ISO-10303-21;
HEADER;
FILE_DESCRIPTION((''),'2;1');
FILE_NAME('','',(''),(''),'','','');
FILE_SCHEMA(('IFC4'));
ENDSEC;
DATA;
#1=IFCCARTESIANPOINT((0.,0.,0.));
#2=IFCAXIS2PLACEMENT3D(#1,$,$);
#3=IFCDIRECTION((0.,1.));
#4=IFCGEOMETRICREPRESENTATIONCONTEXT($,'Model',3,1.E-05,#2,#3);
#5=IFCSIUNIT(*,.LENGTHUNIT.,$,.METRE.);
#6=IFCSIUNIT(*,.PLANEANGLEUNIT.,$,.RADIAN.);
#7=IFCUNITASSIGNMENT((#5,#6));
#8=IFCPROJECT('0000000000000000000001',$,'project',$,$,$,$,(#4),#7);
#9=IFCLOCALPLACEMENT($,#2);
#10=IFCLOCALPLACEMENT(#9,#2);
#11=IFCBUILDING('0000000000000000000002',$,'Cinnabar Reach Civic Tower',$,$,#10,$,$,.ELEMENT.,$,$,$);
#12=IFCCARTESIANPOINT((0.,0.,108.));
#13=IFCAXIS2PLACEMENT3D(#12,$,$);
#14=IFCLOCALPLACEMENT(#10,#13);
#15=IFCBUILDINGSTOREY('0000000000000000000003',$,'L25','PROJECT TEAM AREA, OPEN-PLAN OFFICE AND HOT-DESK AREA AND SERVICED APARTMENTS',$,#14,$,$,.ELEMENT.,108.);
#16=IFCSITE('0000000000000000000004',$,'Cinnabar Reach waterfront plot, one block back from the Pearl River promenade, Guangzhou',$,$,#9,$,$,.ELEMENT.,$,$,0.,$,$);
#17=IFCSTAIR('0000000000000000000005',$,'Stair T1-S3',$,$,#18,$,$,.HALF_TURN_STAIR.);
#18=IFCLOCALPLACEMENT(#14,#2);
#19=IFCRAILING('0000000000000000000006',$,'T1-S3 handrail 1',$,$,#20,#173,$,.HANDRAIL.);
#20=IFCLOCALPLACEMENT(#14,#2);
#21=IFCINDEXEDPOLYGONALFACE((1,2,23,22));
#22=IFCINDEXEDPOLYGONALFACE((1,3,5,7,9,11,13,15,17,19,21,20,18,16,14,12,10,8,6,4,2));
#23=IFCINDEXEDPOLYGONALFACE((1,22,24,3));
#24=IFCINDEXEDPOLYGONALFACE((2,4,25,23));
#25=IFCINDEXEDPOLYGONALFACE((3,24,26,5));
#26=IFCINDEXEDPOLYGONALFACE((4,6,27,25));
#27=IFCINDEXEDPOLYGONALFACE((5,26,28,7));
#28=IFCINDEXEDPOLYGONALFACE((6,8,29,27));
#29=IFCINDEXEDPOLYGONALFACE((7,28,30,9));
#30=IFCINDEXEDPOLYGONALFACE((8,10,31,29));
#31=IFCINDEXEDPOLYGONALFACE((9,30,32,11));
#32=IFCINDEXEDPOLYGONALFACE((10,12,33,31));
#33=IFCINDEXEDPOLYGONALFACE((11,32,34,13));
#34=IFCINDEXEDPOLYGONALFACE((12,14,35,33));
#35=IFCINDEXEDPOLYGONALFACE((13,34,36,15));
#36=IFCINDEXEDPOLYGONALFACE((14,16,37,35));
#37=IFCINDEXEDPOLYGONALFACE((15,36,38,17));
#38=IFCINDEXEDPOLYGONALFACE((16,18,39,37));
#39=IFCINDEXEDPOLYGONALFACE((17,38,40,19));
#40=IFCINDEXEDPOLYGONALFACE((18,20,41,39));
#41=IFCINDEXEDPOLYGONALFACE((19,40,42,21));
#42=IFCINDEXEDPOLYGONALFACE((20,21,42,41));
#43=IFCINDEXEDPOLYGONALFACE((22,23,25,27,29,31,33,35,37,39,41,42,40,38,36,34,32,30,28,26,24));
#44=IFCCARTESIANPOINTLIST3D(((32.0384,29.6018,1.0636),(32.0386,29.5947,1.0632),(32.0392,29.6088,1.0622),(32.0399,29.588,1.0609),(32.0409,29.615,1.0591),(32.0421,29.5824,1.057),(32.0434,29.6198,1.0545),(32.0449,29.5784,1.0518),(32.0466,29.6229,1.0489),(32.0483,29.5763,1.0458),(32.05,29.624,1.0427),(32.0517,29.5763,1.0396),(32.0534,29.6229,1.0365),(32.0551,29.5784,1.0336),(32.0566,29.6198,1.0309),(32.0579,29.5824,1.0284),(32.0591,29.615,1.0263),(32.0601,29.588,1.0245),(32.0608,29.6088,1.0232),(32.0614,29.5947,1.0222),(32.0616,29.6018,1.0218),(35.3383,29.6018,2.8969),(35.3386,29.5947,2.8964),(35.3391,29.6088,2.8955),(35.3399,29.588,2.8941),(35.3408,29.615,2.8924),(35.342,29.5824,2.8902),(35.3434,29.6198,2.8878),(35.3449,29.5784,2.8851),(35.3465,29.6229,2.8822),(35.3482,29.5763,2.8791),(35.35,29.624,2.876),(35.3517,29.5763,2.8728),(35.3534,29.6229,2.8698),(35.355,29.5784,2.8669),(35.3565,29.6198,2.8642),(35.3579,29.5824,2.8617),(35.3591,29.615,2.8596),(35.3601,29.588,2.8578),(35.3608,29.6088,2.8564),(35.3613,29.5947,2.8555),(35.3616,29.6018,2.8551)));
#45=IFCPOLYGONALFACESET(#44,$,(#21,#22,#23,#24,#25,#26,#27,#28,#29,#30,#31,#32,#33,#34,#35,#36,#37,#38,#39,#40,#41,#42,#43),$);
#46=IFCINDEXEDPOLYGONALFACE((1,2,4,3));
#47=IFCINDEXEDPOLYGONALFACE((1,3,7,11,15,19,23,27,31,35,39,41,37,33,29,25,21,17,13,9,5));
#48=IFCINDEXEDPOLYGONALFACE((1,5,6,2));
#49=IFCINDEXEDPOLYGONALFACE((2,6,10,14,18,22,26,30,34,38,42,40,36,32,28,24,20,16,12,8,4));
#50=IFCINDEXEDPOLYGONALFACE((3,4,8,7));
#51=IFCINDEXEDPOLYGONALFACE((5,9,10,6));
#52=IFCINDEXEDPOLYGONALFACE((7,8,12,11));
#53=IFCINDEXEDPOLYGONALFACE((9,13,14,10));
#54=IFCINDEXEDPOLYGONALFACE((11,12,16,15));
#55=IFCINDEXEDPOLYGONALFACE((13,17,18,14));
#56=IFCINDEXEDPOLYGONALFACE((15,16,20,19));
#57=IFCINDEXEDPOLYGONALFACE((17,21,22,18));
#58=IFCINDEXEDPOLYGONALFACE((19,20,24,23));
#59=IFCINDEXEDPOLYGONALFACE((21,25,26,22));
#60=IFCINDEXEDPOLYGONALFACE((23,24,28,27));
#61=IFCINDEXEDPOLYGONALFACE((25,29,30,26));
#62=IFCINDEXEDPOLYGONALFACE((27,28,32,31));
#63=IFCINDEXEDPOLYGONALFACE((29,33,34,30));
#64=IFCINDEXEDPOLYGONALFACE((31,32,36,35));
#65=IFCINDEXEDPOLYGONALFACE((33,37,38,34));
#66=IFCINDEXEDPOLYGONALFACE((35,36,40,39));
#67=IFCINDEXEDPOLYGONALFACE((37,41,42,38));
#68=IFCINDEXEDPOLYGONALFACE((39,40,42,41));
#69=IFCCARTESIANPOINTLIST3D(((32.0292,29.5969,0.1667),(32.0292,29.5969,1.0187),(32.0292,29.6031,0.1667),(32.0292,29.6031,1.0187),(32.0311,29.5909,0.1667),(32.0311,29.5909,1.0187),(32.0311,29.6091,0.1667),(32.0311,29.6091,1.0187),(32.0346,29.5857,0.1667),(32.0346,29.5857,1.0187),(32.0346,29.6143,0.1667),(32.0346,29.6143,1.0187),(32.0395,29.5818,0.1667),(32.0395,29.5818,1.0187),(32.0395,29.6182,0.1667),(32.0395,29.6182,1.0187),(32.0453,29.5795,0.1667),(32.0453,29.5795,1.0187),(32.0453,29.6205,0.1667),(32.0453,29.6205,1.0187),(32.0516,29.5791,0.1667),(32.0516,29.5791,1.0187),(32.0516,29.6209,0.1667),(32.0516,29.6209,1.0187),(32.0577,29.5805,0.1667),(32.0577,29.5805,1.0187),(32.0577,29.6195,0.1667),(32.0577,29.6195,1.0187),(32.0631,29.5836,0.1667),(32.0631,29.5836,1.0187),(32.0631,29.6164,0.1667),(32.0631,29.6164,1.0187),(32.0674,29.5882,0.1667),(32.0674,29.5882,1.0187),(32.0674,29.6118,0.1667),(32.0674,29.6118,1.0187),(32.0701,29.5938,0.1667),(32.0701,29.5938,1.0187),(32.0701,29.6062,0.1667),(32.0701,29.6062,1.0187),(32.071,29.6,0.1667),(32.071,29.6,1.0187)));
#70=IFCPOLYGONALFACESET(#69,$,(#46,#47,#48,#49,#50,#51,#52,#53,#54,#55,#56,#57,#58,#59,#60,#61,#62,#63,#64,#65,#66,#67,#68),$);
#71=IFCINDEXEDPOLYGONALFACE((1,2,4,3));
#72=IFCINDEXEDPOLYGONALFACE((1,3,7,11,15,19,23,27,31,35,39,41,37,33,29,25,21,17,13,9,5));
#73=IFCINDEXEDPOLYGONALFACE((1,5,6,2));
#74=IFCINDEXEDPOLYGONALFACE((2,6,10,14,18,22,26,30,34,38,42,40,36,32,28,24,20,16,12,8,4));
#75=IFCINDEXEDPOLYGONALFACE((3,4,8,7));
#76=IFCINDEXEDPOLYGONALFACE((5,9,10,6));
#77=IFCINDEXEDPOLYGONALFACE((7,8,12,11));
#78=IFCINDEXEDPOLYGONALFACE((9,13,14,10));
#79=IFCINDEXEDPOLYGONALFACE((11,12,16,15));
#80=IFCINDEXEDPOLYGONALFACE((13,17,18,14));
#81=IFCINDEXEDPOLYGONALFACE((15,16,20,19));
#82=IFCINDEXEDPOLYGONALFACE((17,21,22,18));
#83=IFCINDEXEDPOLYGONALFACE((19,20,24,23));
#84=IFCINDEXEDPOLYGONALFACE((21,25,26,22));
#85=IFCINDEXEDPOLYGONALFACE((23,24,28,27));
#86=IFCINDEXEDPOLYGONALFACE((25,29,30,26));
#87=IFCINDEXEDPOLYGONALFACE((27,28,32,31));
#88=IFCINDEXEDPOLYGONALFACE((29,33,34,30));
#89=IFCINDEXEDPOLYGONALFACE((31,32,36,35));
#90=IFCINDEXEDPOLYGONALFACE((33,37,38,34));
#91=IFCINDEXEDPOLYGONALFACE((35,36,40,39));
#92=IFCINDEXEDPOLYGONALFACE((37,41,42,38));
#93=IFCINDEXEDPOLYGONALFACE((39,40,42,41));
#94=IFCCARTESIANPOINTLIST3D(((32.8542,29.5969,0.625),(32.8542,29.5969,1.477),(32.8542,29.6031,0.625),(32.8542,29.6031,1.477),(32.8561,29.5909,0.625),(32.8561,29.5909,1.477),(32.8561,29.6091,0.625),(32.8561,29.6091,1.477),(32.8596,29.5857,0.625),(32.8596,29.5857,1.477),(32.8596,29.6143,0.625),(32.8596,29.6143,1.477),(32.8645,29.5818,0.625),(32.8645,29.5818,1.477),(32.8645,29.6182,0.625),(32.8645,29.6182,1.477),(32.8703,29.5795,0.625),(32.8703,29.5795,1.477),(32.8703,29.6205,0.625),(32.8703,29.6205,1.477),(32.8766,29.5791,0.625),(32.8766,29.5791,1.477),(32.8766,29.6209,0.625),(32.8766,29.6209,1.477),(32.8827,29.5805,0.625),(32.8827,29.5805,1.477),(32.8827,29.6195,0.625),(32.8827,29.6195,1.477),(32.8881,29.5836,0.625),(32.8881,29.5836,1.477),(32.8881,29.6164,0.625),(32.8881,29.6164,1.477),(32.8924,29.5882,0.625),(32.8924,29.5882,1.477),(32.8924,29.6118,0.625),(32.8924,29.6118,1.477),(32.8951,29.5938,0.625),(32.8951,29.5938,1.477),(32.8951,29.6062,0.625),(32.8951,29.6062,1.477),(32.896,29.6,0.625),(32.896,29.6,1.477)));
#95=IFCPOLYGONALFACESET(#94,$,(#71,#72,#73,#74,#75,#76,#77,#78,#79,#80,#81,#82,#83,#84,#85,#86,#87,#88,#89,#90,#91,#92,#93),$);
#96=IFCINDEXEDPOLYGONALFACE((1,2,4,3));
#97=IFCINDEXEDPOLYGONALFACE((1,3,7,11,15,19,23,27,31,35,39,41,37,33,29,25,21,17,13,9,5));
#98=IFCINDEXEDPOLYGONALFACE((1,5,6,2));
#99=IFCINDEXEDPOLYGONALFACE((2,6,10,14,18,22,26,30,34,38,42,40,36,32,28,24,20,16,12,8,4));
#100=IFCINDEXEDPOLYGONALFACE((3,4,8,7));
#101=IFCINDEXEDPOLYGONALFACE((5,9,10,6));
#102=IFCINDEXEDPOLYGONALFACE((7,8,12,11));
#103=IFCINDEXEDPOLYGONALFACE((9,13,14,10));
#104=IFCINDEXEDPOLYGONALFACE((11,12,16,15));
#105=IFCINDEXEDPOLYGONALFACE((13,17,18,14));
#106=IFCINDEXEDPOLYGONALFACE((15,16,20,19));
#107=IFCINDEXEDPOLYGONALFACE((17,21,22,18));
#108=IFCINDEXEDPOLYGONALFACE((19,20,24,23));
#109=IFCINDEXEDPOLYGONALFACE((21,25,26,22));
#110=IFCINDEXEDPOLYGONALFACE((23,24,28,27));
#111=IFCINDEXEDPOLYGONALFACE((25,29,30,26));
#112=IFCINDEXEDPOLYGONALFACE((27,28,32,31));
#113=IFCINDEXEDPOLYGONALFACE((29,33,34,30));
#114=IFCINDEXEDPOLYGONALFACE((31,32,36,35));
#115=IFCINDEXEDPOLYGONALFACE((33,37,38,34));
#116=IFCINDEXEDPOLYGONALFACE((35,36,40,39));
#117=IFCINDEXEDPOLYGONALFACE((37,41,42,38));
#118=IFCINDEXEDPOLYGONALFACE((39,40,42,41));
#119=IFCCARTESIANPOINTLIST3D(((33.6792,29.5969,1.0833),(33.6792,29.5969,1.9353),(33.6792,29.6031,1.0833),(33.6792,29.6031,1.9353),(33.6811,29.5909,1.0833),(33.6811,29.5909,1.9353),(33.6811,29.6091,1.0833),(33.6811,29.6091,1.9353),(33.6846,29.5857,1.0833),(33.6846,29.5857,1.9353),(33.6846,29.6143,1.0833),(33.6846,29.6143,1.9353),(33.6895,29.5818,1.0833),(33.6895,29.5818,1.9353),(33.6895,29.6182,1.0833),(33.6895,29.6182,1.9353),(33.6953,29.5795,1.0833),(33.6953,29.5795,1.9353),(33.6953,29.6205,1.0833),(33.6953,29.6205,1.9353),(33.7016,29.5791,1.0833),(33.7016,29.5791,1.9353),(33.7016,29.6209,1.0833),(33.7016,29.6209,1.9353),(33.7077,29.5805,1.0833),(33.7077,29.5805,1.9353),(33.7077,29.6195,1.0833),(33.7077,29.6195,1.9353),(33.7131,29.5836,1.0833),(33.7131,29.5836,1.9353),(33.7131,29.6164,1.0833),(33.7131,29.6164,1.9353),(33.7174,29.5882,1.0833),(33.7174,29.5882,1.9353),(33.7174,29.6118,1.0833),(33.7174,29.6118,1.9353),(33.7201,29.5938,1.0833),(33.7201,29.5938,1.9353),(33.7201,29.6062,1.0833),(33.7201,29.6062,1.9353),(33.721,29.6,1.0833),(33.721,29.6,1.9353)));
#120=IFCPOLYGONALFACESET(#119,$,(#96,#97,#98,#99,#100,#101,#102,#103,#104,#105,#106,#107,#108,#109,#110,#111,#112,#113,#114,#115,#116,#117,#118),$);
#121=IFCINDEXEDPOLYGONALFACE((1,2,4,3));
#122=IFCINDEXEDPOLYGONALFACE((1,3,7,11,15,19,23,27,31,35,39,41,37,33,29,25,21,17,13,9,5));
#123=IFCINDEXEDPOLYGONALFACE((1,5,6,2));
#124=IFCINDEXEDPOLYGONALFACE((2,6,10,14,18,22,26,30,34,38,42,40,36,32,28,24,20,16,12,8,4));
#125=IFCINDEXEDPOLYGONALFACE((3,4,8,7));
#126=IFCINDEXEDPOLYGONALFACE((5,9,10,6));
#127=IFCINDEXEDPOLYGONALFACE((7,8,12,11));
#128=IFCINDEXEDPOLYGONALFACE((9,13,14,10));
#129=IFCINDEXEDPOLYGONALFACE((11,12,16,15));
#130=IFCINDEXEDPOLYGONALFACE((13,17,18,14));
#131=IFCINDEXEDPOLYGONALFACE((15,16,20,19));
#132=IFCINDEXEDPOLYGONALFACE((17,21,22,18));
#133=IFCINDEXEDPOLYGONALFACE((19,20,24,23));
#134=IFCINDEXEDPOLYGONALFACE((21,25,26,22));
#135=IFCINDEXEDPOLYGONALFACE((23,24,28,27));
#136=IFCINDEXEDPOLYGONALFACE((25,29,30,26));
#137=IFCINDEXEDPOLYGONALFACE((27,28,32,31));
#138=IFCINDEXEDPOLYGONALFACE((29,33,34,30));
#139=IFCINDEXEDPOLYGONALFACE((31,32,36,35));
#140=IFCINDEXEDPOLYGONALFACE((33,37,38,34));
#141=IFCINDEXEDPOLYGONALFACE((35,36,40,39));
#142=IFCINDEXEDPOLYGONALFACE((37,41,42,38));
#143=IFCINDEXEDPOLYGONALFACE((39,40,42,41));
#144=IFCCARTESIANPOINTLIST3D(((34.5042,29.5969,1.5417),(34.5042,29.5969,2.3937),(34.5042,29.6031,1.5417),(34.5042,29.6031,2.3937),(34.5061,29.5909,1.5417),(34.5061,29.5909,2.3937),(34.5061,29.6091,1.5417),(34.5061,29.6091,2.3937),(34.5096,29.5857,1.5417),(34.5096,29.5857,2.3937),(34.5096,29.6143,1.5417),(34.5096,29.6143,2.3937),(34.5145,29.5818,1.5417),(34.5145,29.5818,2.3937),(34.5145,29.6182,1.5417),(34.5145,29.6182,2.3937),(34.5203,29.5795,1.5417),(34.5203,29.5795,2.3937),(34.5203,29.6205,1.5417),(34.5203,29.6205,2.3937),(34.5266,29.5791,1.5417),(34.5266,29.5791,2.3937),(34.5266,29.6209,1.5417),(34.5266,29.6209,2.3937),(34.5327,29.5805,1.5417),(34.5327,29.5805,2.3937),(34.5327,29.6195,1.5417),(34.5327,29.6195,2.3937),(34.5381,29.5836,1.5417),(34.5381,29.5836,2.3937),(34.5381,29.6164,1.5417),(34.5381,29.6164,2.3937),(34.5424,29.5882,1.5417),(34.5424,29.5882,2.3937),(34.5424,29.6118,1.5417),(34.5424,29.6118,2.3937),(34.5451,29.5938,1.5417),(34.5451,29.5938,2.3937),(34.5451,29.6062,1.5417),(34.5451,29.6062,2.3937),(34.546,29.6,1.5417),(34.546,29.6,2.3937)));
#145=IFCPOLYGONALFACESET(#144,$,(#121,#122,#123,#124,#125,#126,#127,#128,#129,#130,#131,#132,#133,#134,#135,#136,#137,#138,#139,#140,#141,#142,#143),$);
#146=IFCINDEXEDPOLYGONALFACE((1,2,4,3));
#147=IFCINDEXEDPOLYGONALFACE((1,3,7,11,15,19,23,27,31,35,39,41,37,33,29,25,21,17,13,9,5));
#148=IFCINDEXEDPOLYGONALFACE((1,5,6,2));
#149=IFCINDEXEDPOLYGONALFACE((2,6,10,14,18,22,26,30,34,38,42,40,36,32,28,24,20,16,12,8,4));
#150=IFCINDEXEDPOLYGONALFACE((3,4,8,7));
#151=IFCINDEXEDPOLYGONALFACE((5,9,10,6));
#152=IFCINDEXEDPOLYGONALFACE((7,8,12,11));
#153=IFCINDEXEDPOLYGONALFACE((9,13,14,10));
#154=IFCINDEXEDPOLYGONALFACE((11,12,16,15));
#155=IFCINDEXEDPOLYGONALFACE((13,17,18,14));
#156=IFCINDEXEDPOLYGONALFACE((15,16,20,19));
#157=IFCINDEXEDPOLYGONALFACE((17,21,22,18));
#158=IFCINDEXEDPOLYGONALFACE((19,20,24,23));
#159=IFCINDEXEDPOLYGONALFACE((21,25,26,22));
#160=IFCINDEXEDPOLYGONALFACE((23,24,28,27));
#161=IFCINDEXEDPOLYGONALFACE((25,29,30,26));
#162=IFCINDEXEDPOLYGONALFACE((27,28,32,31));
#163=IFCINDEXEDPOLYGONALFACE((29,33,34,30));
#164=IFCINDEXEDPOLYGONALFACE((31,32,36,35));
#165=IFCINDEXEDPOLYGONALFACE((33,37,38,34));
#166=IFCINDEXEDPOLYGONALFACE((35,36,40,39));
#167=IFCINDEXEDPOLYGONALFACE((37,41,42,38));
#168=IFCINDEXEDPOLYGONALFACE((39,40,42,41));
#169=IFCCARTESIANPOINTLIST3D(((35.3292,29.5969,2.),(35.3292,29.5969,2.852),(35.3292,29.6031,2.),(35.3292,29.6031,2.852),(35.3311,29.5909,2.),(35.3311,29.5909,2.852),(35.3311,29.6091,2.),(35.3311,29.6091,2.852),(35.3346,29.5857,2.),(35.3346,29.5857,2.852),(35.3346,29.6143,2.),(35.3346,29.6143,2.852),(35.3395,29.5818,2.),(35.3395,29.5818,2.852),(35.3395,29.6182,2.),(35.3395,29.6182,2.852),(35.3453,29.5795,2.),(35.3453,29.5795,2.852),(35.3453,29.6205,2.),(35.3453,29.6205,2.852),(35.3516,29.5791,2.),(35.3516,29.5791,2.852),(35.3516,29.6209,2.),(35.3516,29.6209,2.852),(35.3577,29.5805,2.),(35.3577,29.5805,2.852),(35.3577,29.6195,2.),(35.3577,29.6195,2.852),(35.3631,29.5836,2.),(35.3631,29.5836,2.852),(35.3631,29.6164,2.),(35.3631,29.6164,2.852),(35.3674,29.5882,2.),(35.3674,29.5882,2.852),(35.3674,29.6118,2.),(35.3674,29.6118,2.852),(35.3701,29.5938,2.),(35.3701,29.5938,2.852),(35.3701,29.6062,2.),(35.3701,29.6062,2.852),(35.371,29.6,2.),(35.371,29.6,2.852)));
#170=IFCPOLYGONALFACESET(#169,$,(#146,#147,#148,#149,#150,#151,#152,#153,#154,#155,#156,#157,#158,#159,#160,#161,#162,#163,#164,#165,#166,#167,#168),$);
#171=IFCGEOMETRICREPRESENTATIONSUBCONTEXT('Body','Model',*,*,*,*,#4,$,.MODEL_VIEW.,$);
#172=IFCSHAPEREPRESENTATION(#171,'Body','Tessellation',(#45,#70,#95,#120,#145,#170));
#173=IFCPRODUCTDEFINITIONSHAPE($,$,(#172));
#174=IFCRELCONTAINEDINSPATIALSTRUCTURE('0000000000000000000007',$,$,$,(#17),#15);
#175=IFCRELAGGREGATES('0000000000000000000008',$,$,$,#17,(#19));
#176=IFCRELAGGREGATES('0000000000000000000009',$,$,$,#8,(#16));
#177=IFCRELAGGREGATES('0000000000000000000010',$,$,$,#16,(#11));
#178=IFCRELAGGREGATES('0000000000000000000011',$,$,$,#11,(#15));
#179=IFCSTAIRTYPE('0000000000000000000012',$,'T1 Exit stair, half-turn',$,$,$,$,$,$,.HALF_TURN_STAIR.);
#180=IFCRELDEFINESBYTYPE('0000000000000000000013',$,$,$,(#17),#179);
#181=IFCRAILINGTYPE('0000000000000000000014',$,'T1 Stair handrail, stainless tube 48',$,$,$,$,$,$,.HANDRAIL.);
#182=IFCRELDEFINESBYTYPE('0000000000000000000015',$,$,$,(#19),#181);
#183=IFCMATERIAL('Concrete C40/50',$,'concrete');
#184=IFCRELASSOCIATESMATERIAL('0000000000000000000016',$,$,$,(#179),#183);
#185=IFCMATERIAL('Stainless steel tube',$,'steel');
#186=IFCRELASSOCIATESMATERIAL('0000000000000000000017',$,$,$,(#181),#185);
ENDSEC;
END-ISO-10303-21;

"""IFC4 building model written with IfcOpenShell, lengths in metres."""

from ifc_helpers import new_model, si_unit, direction, frame, origin, origin_2d, place, context, subcontext, project, spatial, circle, extrude, material, type_object, element, aggregate, save


model = new_model("IFC4")

# Units and contexts
model_context = context("Model", 3, precision=1e-05, world=origin(), true_north=direction((0.0, 1.0)))
body_context = subcontext(model_context, "Body", "Model", "MODEL_VIEW")
ifc_project = project(units=[si_unit("LENGTHUNIT", "METRE"), si_unit("PLANEANGLEUNIT", "RADIAN")], contexts=[model_context])

# Site, building, storey
site_placement = place(None, origin())
site = spatial("IfcSite", under=ifc_project, at=site_placement, Name="Cinnabar Reach waterfront plot, one block back from the Pearl River promenade, Guangzhou", CompositionType="ELEMENT", RefElevation=0.0)
building_placement = place(site_placement, origin())
building = spatial("IfcBuilding", under=site, at=building_placement, Name="Cinnabar Reach Civic Tower", CompositionType="ELEMENT")
storey_placement = place(building_placement, frame((0.0, 0.0, 108.0)))
storey = spatial("IfcBuildingStorey", under=building, at=storey_placement, Name="L25", Description="PROJECT TEAM AREA, OPEN-PLAN OFFICE AND HOT-DESK AREA AND SERVICED APARTMENTS", CompositionType="ELEMENT", Elevation=108.0)

# Stair, railing
ifc_material_1 = material(Name="Concrete C40/50", Category="concrete")
stair_type = type_object("IfcStairType", Name="T1 Exit stair, half-turn", PredefinedType="HALF_TURN_STAIR", material=ifc_material_1)
stair_placement = place(storey_placement, origin())
stair = element("IfcStair", 1, at=stair_placement, inside=storey, type_object=stair_type, Name="Stair T1-S3", PredefinedType="HALF_TURN_STAIR")
ifc_material_2 = material(Name="Stainless steel tube", Category="steel")
railing_type = type_object("IfcRailingType", Name="T1 Stair handrail, stainless tube 48", PredefinedType="HANDRAIL", material=ifc_material_2)
railing_1_placement = place(storey_placement, frame((32.05, 29.6, 0.1667)))
railing_1 = element("IfcRailing", 2, at=railing_1_placement, type_object=railing_type, Name="T1-S3 handrail 1", PredefinedType="HANDRAIL", context=body_context, shape_type="SweptSolid", body=[
    extrude(circle(Radius=0.024, at=origin_2d()), frame((0.0, 0.0, 0.876), z_axis=(0.874161, 0.0, 0.485636), x_axis=(0.0, 1.0, 0.0)), (0.0, 0.0, 1.0), 3.775),
    extrude(circle(Radius=0.021, at=origin_2d()), origin(), (0.0, 0.0, 1.0), 0.852),
    extrude(circle(Radius=0.021, at=origin_2d()), frame((0.825, 0.0, 0.4583)), (0.0, 0.0, 1.0), 0.852),
    extrude(circle(Radius=0.021, at=origin_2d()), frame((1.65, 0.0, 0.9166)), (0.0, 0.0, 1.0), 0.852),
    extrude(circle(Radius=0.021, at=origin_2d()), frame((2.475, 0.0, 1.375)), (0.0, 0.0, 1.0), 0.852),
    extrude(circle(Radius=0.021, at=origin_2d()), frame((3.3, 0.0, 1.8333)), (0.0, 0.0, 1.0), 0.852),
])
aggregate(stair, [railing_1])

save(model, "model.ifc")
